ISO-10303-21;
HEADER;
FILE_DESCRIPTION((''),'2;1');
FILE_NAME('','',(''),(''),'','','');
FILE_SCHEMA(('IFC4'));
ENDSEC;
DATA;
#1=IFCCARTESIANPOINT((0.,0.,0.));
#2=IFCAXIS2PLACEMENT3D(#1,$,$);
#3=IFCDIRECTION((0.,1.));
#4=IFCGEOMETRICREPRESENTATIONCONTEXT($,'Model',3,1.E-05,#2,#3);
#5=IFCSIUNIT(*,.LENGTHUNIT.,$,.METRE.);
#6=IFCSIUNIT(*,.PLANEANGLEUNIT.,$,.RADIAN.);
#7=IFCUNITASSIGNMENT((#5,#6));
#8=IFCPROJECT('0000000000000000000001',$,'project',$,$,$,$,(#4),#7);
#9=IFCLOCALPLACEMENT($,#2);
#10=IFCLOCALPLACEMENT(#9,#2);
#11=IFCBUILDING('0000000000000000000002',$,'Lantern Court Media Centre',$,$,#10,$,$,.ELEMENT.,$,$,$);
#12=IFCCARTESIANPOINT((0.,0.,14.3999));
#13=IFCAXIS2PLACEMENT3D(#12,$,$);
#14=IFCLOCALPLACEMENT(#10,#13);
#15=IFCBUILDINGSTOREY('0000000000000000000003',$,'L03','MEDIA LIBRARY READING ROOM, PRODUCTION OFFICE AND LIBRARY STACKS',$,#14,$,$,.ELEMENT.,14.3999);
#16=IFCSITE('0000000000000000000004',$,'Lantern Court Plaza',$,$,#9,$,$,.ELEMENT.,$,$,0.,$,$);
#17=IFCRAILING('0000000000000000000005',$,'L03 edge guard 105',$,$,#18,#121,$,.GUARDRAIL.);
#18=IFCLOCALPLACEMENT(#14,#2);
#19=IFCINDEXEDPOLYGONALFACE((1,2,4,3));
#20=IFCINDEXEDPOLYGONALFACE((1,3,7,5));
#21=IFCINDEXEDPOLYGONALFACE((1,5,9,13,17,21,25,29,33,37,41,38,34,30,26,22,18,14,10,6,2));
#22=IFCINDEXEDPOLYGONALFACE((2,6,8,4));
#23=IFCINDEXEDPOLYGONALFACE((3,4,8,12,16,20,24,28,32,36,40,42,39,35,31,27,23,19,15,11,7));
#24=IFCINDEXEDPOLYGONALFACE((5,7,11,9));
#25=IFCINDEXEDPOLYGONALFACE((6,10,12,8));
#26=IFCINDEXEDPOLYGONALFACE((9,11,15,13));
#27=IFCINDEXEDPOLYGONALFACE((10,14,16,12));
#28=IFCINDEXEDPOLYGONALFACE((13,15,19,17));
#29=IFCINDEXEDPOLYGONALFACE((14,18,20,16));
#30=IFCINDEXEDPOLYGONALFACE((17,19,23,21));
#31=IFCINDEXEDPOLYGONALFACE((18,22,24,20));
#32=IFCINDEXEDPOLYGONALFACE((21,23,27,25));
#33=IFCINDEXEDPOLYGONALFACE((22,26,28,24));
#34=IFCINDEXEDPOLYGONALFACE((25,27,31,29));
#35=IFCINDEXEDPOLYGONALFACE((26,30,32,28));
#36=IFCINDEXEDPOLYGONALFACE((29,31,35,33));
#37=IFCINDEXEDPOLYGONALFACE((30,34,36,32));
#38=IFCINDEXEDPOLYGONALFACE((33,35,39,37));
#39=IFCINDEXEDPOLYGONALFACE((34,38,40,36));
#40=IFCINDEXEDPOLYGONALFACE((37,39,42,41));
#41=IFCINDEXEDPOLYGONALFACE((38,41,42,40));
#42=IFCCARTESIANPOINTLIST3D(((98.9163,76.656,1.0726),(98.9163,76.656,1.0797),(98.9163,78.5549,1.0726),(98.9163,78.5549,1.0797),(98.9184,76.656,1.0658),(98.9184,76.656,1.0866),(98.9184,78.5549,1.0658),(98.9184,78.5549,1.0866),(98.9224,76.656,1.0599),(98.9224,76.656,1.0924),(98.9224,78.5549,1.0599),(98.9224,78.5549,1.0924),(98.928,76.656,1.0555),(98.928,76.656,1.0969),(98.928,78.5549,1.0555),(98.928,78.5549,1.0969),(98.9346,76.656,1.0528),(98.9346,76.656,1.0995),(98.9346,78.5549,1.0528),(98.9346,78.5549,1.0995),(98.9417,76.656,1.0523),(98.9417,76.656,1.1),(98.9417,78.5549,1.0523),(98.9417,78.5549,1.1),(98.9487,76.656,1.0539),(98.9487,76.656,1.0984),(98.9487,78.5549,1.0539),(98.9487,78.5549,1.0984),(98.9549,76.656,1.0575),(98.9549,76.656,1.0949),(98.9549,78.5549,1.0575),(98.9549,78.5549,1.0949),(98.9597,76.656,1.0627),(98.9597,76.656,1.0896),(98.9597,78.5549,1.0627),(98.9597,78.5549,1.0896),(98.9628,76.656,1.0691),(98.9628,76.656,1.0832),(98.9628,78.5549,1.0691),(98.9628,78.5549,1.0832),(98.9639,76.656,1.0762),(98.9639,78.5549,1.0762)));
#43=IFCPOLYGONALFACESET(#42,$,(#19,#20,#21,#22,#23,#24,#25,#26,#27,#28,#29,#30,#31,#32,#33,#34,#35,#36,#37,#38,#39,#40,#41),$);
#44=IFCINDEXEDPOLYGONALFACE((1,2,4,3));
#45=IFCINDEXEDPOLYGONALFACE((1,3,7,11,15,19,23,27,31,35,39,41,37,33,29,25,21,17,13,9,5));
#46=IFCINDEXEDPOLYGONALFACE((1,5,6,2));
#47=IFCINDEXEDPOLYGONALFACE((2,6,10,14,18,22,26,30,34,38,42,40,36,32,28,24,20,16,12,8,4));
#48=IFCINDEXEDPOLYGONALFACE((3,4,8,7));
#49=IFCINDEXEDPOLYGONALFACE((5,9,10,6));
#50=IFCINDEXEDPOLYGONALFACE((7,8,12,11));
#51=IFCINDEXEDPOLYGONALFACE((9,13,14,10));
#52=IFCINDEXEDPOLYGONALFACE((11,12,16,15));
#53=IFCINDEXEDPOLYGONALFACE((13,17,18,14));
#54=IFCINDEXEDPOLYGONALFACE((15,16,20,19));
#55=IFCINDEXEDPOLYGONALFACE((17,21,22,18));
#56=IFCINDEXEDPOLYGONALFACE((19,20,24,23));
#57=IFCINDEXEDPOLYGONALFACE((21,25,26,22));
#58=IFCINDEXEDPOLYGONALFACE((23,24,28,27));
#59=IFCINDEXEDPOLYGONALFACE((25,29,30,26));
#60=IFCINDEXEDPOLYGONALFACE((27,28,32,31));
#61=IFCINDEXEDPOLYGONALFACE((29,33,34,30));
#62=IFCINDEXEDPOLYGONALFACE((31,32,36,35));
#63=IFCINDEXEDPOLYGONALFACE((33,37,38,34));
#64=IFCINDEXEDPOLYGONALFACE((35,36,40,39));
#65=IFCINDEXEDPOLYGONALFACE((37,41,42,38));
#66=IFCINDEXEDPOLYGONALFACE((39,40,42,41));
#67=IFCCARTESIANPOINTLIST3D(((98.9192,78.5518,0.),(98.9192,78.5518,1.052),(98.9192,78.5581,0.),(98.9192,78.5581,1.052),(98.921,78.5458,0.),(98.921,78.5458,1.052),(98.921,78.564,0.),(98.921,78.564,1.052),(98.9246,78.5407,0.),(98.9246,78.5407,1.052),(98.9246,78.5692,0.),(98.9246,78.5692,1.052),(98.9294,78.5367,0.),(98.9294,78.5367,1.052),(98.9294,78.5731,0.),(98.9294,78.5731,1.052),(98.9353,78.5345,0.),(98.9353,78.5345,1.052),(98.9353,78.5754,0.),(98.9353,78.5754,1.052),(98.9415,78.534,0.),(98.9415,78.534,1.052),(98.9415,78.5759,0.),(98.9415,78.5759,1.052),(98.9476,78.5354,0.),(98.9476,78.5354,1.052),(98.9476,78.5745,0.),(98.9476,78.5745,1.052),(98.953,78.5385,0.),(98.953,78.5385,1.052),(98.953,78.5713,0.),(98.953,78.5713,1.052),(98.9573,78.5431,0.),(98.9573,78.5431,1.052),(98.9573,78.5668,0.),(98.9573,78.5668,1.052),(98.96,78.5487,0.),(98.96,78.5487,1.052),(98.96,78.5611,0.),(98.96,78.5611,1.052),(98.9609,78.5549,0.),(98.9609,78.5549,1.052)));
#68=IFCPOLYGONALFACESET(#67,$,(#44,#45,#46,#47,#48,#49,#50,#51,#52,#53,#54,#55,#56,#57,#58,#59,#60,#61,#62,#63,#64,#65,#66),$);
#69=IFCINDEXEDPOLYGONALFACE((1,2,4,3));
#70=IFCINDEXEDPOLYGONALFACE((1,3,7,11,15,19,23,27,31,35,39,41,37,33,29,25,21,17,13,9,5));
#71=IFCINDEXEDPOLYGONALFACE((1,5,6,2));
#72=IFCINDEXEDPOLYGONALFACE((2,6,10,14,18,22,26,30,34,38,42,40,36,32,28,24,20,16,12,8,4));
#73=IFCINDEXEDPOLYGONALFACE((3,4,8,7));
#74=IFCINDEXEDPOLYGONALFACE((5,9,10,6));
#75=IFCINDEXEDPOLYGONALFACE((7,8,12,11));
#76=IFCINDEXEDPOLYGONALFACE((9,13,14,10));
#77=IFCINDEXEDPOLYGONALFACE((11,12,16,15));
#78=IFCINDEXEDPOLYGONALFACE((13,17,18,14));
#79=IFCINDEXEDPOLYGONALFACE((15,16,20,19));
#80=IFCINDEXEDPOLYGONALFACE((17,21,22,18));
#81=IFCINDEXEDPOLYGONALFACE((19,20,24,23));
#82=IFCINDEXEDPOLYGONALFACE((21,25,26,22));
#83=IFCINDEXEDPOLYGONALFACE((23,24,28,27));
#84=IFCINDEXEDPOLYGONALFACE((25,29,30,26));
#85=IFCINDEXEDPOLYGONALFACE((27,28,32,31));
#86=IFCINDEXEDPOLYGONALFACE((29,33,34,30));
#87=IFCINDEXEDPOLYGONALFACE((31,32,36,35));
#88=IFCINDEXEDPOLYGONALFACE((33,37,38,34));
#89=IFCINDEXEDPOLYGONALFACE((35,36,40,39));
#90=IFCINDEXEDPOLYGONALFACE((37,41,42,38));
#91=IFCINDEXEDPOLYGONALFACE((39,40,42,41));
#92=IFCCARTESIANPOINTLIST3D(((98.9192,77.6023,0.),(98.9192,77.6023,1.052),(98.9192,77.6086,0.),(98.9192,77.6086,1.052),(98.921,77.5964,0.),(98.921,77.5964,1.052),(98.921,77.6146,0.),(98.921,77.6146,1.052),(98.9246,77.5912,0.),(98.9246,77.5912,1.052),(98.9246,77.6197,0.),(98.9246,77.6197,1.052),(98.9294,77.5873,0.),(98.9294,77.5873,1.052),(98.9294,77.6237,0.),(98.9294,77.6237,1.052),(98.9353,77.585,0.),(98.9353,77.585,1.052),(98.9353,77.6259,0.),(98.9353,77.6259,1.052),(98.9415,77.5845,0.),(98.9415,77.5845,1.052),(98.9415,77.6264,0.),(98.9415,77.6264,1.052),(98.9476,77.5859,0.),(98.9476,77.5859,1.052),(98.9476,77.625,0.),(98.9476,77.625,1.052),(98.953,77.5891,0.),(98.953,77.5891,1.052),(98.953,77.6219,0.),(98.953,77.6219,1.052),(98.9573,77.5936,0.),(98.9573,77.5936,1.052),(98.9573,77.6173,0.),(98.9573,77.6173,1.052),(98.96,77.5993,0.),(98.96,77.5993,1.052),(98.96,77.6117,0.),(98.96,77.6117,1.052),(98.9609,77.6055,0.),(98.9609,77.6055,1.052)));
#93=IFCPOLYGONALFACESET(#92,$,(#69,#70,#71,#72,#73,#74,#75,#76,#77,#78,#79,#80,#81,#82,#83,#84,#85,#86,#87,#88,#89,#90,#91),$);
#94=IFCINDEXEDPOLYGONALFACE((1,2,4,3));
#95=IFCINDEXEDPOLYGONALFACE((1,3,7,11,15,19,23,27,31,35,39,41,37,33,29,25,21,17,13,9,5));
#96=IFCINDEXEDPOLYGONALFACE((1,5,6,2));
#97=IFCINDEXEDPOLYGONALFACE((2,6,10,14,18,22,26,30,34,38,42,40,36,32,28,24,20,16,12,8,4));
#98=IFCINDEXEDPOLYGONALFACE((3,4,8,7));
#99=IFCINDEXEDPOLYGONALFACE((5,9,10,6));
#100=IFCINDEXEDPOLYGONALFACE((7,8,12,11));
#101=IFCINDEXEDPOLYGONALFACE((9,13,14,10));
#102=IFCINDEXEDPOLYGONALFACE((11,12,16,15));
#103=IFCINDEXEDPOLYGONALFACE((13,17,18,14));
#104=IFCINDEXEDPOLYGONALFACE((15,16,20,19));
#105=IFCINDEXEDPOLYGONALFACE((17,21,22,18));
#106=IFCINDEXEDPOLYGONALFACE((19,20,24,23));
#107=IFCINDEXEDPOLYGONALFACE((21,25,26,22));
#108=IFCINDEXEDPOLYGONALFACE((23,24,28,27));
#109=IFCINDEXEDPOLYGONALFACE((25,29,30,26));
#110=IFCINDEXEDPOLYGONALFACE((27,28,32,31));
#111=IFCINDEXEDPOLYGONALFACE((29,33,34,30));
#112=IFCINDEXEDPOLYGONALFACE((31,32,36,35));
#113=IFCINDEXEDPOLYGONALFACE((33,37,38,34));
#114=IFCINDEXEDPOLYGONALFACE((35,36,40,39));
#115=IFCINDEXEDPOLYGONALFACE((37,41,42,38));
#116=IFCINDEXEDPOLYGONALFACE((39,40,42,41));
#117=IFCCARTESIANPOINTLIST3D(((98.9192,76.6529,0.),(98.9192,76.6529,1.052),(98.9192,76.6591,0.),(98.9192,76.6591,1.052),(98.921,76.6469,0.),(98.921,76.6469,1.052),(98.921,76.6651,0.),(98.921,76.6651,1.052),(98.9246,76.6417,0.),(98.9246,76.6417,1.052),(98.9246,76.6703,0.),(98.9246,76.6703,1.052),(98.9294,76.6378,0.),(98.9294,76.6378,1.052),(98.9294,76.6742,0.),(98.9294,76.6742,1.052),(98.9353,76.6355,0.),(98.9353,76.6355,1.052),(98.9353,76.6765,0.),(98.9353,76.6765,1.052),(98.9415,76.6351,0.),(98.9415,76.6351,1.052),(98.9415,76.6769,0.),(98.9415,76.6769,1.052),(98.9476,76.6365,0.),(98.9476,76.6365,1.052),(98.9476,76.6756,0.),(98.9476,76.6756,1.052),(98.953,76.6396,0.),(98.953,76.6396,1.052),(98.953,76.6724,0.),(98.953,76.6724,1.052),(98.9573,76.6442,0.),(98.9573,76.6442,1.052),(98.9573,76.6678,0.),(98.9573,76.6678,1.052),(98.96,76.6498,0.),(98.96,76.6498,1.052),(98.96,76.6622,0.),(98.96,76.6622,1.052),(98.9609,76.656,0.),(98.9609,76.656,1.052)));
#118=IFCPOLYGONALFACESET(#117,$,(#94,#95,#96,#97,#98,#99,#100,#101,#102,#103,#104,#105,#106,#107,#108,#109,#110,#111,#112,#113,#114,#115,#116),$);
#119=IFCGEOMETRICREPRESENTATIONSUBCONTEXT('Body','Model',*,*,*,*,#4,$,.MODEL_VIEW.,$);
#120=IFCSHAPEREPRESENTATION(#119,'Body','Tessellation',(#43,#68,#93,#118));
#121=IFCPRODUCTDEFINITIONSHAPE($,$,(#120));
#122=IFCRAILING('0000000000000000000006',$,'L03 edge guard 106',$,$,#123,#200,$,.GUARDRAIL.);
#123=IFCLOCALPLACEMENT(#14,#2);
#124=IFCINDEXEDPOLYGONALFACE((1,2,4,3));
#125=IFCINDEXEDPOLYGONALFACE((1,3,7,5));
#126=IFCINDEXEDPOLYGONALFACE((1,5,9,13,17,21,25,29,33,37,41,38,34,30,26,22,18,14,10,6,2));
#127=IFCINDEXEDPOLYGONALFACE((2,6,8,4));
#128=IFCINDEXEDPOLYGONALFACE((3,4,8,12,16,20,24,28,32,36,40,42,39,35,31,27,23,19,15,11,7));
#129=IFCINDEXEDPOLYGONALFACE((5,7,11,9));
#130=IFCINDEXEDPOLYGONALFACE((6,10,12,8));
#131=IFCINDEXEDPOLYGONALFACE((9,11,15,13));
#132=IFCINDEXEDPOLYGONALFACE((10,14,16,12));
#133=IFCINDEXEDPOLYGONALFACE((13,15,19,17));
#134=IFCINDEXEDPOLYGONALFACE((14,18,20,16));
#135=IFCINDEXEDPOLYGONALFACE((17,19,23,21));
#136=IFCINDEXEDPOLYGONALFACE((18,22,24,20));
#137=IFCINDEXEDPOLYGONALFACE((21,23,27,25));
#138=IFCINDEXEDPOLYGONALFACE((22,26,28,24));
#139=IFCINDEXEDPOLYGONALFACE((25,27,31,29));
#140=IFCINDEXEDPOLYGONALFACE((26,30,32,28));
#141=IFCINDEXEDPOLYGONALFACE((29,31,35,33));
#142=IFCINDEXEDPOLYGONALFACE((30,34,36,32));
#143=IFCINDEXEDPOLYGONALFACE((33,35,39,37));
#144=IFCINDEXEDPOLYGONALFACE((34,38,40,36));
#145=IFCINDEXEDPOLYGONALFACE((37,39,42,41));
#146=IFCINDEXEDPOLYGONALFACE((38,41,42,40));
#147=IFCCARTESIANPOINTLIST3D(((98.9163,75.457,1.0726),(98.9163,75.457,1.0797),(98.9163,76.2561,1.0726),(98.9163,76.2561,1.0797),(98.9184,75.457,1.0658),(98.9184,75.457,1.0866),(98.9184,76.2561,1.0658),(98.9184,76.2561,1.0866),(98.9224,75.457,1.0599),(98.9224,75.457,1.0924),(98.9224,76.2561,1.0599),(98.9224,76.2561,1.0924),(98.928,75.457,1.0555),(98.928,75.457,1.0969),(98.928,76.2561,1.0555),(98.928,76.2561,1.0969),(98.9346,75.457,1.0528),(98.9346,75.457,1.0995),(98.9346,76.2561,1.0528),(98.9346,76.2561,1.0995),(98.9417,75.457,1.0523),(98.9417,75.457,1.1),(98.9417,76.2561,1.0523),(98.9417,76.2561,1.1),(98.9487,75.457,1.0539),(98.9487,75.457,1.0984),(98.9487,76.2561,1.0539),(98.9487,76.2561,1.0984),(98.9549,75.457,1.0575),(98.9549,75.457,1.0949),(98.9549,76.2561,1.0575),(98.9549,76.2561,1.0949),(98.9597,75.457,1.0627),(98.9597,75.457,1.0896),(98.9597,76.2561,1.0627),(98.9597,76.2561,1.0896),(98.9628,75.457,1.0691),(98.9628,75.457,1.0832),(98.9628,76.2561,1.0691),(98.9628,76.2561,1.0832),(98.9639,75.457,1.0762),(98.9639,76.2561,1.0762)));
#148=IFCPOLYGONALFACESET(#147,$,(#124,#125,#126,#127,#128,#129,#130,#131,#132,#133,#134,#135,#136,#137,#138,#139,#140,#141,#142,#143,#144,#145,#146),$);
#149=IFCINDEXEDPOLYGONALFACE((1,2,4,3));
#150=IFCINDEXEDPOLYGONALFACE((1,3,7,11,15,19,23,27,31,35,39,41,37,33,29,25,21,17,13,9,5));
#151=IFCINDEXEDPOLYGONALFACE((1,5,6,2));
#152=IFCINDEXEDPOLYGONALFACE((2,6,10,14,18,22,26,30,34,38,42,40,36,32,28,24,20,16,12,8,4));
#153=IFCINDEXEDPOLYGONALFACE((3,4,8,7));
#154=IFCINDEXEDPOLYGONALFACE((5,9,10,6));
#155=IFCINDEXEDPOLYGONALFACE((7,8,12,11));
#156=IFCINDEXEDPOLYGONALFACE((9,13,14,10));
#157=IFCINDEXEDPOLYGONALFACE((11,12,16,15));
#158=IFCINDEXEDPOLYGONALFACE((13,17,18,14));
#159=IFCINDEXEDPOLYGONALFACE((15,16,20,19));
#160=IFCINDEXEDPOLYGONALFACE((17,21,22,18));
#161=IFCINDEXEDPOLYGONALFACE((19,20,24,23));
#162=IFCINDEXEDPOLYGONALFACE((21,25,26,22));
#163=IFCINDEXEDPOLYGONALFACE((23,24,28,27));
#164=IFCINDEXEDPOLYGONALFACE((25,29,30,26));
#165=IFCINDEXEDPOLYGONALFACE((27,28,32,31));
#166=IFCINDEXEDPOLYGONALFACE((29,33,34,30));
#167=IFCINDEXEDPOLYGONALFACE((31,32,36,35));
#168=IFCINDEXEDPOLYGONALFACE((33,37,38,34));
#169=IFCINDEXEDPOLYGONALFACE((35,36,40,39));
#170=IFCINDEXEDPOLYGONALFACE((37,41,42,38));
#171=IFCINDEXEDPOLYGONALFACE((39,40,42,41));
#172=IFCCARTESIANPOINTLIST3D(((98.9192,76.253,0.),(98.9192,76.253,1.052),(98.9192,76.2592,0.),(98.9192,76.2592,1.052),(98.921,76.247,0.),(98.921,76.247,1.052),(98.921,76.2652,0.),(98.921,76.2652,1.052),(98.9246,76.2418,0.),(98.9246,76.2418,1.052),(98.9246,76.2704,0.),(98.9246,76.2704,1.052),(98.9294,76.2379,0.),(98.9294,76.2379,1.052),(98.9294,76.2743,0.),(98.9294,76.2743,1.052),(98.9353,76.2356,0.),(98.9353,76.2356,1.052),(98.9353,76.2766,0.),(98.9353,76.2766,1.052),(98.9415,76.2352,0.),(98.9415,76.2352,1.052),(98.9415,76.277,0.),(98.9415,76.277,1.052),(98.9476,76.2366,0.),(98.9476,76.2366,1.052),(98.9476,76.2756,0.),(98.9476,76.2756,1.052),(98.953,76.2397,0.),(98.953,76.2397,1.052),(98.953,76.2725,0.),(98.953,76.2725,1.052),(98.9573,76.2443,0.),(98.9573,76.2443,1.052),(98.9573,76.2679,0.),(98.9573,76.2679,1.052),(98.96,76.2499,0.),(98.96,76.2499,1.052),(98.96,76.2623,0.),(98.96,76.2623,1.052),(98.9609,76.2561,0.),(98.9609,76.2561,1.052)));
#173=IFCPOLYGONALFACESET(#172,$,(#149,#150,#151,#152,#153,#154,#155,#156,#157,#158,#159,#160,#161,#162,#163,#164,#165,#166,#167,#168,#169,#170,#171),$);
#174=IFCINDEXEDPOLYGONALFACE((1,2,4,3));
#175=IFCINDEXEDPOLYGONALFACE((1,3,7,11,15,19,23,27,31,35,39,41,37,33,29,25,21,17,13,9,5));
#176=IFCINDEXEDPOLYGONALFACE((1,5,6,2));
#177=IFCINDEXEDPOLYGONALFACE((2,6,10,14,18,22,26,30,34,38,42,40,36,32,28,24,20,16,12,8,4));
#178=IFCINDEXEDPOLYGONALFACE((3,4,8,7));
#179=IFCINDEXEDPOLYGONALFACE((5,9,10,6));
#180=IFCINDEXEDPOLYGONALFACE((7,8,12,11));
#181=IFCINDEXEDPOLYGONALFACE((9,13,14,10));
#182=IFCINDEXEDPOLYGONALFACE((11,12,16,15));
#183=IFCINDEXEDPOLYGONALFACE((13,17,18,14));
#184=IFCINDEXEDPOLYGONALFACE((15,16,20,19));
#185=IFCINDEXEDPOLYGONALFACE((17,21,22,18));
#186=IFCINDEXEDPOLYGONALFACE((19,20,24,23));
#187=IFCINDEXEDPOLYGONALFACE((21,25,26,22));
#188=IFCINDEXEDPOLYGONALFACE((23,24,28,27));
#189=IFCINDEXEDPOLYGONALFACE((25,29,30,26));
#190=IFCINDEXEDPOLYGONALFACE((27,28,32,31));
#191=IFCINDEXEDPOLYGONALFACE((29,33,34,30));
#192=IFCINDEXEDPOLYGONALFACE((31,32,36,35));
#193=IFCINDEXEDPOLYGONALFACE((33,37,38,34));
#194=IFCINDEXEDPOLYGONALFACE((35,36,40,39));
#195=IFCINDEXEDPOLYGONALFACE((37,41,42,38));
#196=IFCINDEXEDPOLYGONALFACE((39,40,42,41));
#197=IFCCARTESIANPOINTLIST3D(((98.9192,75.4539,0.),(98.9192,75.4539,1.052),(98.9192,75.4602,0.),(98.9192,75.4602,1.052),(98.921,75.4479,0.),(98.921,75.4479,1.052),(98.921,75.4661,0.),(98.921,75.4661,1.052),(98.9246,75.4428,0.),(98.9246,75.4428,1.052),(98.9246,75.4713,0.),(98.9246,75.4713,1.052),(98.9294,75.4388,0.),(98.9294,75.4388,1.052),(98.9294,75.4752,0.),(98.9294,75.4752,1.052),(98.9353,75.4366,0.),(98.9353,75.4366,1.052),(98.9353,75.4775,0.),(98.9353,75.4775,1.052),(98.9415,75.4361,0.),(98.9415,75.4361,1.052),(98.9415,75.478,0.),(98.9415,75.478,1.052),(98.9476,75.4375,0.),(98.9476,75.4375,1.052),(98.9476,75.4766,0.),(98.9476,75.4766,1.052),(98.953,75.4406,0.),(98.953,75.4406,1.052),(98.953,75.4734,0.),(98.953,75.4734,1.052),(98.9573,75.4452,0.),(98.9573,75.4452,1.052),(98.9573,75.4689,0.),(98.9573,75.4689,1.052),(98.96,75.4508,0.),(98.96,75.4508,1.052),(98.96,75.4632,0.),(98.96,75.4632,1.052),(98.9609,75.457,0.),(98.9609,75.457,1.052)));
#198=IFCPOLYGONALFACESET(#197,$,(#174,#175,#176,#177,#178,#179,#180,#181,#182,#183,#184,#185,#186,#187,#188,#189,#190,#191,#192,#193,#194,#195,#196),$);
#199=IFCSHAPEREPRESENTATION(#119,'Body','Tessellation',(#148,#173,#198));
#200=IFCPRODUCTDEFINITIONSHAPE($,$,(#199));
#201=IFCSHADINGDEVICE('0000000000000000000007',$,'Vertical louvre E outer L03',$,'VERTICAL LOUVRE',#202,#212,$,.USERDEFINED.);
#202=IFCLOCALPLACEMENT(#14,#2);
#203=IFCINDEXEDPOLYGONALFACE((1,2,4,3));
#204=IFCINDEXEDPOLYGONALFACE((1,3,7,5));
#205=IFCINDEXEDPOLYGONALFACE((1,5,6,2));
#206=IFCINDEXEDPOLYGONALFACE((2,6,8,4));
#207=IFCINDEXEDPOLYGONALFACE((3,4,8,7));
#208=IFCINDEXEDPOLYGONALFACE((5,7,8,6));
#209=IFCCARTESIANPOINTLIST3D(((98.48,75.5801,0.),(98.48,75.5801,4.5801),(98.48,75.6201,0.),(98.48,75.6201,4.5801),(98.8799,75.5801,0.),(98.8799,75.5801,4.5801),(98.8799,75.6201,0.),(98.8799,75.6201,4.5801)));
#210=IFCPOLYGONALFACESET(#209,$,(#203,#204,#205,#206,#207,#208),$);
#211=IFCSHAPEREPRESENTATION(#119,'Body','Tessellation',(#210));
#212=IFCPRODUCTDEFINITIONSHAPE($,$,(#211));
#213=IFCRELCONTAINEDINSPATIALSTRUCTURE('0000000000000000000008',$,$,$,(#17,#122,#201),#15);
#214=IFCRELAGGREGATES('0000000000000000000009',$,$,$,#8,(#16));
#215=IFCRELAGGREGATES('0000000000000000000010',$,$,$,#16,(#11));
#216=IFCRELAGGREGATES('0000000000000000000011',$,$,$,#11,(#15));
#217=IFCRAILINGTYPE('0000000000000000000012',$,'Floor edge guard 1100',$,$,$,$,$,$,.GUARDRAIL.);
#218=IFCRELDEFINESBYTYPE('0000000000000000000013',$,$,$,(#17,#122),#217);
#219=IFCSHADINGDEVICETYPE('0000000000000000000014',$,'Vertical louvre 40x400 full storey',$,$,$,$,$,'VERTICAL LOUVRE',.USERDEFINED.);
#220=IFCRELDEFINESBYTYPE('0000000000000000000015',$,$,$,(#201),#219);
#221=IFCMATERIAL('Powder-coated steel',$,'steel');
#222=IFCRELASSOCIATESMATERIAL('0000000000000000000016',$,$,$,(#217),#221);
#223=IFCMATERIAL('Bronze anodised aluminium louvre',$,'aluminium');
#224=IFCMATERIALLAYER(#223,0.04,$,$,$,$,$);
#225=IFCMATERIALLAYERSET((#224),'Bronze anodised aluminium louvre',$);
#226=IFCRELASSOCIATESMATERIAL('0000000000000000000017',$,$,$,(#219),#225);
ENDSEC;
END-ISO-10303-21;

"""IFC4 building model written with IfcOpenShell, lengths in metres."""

from ifc_helpers import new_model, si_unit, direction, frame, origin, origin_2d, place, context, subcontext, project, spatial, rectangle, circle, extrude, material, layer, layer_set, type_object, element, save


model = new_model("IFC4")

# Units and contexts
model_context = context("Model", 3, precision=1e-05, world=origin(), true_north=direction((0.0, 1.0)))
body_context = subcontext(model_context, "Body", "Model", "MODEL_VIEW")
ifc_project = project(units=[si_unit("LENGTHUNIT", "METRE"), si_unit("PLANEANGLEUNIT", "RADIAN")], contexts=[model_context])

# Site, building, storey
site_placement = place(None, origin())
site = spatial("IfcSite", under=ifc_project, at=site_placement, Name="Lantern Court Plaza", CompositionType="ELEMENT", RefElevation=0.0)
building_placement = place(site_placement, origin())
building = spatial("IfcBuilding", under=site, at=building_placement, Name="Lantern Court Media Centre", CompositionType="ELEMENT")
storey_placement = place(building_placement, frame((0.0, 0.0, 14.3999)))
storey = spatial("IfcBuildingStorey", under=building, at=storey_placement, Name="L03", Description="MEDIA LIBRARY READING ROOM, PRODUCTION OFFICE AND LIBRARY STACKS", CompositionType="ELEMENT", Elevation=14.3999)

# Railings
ifc_material_1 = material(Name="Powder-coated steel", Category="steel")
railing_type = type_object("IfcRailingType", Name="Floor edge guard 1100", PredefinedType="GUARDRAIL", material=ifc_material_1)
railing_1_placement = place(storey_placement, frame((98.9399, 78.5549, 0.0)))
element("IfcRailing", 1, at=railing_1_placement, inside=storey, type_object=railing_type, Name="L03 edge guard 105", PredefinedType="GUARDRAIL", context=body_context, shape_type="SweptSolid", body=[
    extrude(circle(Radius=0.0239, at=origin_2d()), frame((0.0, 0.0, 1.0762), z_axis=(0.0, -1.0, 0.0), x_axis=(1.0, 0.0, 0.0)), (0.0, 0.0, 1.0), 1.8989),
    extrude(circle(Radius=0.021, at=origin_2d()), origin(), (0.0, 0.0, 1.0), 1.052),
    extrude(circle(Radius=0.021, at=origin_2d()), frame((0.0, -0.9495, 0.0)), (0.0, 0.0, 1.0), 1.052),
    extrude(circle(Radius=0.021, at=origin_2d()), frame((0.0, -1.8989, 0.0)), (0.0, 0.0, 1.0), 1.052),
])
railing_2_placement = place(storey_placement, frame((98.9399, 76.2561, 0.0)))
element("IfcRailing", 2, at=railing_2_placement, inside=storey, type_object=railing_type, Name="L03 edge guard 106", PredefinedType="GUARDRAIL", context=body_context, shape_type="SweptSolid", body=[
    extrude(circle(Radius=0.0239, at=origin_2d()), frame((0.0, 0.0, 1.0762), z_axis=(0.0, -1.0, 0.0), x_axis=(1.0, 0.0, 0.0)), (0.0, 0.0, 1.0), 0.7991),
    extrude(circle(Radius=0.021, at=origin_2d()), origin(), (0.0, 0.0, 1.0), 1.052),
    extrude(circle(Radius=0.021, at=origin_2d()), frame((0.0, -0.7991, 0.0)), (0.0, 0.0, 1.0), 1.052),
])

# Shading device
ifc_material_2 = material(Name="Bronze anodised aluminium louvre", Category="aluminium")
ifc_layer_1 = layer(ifc_material_2, 0.04)
ifc_layer_set_1 = layer_set([ifc_layer_1], Name="Bronze anodised aluminium louvre")
shading_device_type = type_object("IfcShadingDeviceType", Name="Vertical louvre 40x400 full storey", ElementType="VERTICAL LOUVRE", PredefinedType="USERDEFINED", material=ifc_layer_set_1)
for number, where, z_axis, x_axis, name in (
    (3, (98.6799, 75.6001, 0.0), (0.0, 0.0, 1.0), (1.0, 0.0, 0.0), "Vertical louvre E outer L03"),
):
    element("IfcShadingDevice", number, at=place(storey_placement, frame(where, z_axis=z_axis, x_axis=x_axis)), inside=storey, type_object=shading_device_type, Name=name, ObjectType="VERTICAL LOUVRE", PredefinedType="USERDEFINED", context=body_context, shape_type="SweptSolid", body=[
        extrude(rectangle(XDim=0.3999, YDim=0.04, at=origin_2d()), origin(), (0.0, 0.0, 1.0), 4.5801),
    ])

save(model, "model.ifc")
